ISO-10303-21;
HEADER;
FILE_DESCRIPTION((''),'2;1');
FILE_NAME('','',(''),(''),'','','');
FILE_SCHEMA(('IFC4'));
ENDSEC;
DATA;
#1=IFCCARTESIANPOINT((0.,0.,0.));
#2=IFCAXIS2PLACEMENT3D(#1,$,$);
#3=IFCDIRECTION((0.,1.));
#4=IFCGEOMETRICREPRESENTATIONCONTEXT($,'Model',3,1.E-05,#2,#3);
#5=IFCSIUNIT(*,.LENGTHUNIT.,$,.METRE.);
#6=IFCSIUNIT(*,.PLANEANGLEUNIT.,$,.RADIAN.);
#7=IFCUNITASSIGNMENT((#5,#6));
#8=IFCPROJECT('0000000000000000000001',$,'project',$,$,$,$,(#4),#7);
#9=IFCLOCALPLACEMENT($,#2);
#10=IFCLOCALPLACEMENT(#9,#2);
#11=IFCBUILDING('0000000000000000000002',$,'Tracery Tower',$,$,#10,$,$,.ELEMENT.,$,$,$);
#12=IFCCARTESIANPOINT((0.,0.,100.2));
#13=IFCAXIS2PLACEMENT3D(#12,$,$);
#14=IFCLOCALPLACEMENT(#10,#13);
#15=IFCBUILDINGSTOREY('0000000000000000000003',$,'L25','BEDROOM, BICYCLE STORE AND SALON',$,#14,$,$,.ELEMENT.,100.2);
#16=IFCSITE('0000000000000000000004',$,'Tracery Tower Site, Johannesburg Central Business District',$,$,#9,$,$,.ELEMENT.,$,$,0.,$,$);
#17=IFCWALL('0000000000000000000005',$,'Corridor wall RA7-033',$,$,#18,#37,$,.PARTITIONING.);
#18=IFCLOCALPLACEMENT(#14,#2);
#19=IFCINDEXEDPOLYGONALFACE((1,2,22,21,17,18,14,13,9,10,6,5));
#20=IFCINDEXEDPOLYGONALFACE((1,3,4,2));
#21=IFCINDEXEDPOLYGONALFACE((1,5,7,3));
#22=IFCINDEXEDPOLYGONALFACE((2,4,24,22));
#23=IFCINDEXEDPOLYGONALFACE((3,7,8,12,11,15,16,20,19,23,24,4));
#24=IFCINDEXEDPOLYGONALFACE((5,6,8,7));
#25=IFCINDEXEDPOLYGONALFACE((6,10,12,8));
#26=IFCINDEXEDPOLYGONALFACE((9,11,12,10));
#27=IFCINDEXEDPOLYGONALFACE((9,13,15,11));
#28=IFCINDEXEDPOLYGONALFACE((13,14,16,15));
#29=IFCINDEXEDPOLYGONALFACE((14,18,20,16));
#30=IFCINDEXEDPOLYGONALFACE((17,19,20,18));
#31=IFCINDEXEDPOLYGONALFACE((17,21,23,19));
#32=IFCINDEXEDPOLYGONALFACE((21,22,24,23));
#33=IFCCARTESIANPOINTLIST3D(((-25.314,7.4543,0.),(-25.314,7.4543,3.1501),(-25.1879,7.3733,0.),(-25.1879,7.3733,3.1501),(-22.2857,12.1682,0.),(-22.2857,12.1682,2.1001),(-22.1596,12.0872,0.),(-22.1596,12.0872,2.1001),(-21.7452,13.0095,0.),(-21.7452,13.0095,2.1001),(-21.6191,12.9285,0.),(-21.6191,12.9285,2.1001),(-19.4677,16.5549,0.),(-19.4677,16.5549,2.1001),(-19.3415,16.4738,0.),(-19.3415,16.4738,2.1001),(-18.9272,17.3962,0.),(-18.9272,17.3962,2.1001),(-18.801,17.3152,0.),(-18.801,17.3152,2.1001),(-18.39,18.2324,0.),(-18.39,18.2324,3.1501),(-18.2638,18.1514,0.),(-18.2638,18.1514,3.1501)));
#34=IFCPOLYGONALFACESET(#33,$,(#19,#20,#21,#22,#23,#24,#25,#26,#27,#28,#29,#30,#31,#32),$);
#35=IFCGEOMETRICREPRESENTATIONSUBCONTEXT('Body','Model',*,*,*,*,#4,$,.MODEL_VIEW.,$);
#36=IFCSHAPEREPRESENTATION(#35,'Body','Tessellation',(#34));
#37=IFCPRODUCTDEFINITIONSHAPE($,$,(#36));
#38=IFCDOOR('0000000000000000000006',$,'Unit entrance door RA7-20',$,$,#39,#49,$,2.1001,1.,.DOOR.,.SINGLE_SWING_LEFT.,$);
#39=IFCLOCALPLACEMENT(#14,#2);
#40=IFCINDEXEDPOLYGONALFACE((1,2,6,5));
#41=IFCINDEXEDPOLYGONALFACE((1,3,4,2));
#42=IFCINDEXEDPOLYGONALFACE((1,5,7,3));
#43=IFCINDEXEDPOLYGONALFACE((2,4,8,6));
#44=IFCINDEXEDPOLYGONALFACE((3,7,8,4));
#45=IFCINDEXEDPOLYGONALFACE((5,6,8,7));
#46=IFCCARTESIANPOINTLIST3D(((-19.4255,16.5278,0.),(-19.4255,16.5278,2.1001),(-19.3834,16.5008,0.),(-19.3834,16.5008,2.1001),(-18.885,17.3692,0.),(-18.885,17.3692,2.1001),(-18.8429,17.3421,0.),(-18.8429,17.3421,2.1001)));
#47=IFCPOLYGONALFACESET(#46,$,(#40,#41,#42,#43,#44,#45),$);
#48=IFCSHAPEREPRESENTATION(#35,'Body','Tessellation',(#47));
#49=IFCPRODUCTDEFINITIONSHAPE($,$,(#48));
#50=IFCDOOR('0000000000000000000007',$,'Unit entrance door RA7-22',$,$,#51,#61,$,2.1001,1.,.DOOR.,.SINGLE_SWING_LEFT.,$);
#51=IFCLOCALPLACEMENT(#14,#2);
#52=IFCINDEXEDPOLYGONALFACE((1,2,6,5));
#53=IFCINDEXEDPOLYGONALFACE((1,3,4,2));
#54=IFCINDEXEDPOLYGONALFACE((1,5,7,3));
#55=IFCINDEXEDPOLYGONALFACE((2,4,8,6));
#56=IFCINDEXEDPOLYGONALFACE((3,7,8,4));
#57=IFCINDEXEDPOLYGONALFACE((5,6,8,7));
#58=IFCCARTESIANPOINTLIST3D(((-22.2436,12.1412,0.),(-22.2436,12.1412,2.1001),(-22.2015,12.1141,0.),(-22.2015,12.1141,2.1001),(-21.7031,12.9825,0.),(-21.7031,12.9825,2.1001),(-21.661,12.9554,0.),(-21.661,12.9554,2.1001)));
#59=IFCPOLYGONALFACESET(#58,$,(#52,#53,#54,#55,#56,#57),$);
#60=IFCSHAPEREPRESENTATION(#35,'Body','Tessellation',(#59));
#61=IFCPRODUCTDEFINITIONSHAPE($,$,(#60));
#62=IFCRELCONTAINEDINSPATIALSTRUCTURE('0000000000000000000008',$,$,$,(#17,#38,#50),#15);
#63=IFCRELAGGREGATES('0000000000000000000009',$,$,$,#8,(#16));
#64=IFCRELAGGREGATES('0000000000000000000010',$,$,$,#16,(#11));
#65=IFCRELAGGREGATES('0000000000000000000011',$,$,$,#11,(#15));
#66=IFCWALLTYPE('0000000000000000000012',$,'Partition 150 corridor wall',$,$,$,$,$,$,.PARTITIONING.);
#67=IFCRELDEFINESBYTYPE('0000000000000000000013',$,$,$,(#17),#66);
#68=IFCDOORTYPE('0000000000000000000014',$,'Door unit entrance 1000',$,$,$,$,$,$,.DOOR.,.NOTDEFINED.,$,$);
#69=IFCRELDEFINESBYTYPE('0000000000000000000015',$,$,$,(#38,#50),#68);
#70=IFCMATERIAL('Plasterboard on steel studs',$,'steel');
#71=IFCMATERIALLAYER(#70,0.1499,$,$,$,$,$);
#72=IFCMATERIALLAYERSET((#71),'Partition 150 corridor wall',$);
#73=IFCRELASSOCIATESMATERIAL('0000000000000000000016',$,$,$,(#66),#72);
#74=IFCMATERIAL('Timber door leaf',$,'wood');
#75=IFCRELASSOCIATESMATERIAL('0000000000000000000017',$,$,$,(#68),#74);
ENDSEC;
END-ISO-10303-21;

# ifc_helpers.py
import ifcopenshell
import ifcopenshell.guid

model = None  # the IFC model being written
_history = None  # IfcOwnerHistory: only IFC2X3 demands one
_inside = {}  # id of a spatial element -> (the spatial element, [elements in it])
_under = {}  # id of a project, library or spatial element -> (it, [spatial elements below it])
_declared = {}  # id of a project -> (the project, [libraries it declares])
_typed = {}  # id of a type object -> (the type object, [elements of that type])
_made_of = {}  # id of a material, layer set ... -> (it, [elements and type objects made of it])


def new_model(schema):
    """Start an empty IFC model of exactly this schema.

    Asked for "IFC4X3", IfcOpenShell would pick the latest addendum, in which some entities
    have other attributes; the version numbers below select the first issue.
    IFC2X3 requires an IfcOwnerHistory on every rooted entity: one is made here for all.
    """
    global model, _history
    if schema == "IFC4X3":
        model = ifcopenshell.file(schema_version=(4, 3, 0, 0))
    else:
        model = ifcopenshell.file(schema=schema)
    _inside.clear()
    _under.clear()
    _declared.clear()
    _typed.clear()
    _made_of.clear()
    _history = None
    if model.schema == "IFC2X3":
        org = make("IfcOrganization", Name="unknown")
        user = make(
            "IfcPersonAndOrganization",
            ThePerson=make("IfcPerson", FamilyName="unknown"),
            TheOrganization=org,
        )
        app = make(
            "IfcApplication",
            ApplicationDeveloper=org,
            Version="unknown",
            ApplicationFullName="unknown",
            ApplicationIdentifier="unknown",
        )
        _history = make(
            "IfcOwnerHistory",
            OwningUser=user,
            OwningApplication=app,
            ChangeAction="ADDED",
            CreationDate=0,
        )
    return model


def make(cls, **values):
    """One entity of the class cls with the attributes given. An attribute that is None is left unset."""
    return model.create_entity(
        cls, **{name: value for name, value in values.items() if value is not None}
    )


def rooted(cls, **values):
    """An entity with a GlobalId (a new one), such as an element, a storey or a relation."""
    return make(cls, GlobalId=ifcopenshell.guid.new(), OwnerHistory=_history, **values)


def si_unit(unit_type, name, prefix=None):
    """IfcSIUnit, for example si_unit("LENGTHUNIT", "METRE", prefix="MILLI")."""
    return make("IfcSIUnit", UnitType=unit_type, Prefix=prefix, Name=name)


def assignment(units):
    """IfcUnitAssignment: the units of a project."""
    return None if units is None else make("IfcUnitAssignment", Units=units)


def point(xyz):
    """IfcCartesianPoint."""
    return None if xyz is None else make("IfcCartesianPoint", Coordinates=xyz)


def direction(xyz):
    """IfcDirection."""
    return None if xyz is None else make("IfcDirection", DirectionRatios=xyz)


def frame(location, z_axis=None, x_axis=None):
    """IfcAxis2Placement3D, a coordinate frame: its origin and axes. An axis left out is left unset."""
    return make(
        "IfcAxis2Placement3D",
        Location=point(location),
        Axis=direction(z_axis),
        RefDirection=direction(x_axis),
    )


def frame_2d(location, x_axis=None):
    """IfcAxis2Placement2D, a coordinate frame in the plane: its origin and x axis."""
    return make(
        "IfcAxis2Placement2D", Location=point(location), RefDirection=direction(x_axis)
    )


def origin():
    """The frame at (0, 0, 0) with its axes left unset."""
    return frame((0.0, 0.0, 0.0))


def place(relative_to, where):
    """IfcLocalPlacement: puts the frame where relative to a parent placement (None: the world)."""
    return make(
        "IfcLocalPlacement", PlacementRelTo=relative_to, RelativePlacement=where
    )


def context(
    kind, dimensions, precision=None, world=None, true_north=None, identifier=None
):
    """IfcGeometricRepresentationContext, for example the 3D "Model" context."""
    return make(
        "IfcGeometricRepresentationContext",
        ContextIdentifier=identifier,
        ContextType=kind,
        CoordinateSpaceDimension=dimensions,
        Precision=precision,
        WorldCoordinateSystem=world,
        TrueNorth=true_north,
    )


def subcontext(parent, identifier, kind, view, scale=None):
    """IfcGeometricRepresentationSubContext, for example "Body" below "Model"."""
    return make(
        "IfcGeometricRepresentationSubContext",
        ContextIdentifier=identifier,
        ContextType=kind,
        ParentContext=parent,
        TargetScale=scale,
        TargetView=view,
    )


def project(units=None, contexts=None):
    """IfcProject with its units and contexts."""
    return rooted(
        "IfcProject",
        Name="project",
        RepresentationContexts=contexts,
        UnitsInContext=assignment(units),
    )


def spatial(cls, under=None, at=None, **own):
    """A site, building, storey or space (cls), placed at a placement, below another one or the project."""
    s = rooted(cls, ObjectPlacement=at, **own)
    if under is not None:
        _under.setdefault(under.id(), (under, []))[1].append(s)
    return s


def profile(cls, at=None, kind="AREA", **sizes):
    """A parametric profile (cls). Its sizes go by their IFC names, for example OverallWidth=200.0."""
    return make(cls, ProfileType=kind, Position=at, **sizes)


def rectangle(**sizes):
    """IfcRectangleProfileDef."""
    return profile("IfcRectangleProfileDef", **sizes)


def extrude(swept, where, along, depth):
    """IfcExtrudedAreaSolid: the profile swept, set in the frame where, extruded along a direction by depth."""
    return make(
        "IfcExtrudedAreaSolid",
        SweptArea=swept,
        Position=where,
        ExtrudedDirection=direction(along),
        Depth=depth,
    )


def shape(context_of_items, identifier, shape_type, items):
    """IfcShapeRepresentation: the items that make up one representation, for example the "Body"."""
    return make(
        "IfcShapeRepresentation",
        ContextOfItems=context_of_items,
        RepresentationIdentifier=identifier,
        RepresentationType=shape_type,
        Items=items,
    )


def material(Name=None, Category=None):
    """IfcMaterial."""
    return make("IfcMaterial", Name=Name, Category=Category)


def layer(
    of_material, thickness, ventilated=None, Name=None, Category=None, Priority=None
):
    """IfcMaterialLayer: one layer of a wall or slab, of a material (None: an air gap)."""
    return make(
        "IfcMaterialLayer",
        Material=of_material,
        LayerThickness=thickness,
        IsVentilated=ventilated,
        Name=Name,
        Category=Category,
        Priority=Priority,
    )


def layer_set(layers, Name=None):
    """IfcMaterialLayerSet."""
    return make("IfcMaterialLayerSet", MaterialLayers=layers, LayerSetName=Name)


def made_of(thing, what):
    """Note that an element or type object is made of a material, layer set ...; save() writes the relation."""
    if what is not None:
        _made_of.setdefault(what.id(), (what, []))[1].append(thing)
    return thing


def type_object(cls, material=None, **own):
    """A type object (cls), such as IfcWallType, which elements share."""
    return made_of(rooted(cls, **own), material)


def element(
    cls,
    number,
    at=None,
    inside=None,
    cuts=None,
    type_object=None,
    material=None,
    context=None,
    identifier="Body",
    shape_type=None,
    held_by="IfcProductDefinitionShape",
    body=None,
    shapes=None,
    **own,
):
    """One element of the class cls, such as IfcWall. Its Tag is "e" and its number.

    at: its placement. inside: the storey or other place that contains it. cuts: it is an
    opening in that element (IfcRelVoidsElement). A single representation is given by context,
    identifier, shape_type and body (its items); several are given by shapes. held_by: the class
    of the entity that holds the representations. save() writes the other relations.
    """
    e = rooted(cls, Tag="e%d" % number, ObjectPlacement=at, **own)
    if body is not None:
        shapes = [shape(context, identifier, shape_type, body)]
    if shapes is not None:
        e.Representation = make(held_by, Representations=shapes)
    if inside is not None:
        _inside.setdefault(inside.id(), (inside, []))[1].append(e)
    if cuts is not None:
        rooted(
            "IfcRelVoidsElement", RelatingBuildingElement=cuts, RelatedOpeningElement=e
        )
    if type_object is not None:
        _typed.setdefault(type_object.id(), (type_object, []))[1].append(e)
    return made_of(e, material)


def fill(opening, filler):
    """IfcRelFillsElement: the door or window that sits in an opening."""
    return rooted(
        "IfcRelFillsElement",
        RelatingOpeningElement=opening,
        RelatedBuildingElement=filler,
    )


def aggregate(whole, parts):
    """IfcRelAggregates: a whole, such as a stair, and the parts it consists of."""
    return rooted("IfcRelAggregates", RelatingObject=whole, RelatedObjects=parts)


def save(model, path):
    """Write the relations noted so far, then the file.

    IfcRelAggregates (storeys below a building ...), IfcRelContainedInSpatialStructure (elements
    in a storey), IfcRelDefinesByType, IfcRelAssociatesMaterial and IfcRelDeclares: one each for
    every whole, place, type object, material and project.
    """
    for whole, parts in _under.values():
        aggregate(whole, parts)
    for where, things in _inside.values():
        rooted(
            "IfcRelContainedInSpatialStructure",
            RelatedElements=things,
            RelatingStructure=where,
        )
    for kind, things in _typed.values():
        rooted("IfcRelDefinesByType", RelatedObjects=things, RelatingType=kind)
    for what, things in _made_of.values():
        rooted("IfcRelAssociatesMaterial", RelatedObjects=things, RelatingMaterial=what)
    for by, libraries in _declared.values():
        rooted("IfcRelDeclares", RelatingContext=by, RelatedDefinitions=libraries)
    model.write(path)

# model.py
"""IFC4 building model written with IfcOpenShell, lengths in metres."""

from ifc_helpers import new_model, si_unit, direction, frame, frame_2d, origin, place, context, subcontext, project, spatial, rectangle, extrude, material, layer, layer_set, type_object, element, fill, save


model = new_model("IFC4")

# Units and contexts
model_context = context("Model", 3, precision=1e-05, world=origin(), true_north=direction((0.0, 1.0)))
body_context = subcontext(model_context, "Body", "Model", "MODEL_VIEW")
ifc_project = project(units=[si_unit("LENGTHUNIT", "METRE"), si_unit("PLANEANGLEUNIT", "RADIAN")], contexts=[model_context])

# Site, building, storey
site_placement = place(None, origin())
site = spatial("IfcSite", under=ifc_project, at=site_placement, Name="Tracery Tower Site, Johannesburg Central Business District", CompositionType="ELEMENT", RefElevation=0.0)
building_placement = place(site_placement, origin())
building = spatial("IfcBuilding", under=site, at=building_placement, Name="Tracery Tower", CompositionType="ELEMENT")
storey_placement = place(building_placement, frame((0.0, 0.0, 100.2)))
storey = spatial("IfcBuildingStorey", under=building, at=storey_placement, Name="L25", Description="BEDROOM, BICYCLE STORE AND SALON", CompositionType="ELEMENT", Elevation=100.2)

# Shared definitions
ifc_material_1 = material(Name="Plasterboard on steel studs", Category="steel")
ifc_layer_1 = layer(ifc_material_1, 0.1499)
ifc_layer_set_1 = layer_set([ifc_layer_1], Name="Partition 150 corridor wall")
wall_type_1 = type_object("IfcWallType", Name="Partition 150 corridor wall", PredefinedType="PARTITIONING", material=ifc_layer_set_1)

# Wall, openings, doors
wall_1_placement = place(storey_placement, frame((-25.251, 7.4138, 0.0), z_axis=(0.0, 0.0, 1.0), x_axis=(0.540498, 0.841345, 0.0)))
wall_1 = element("IfcWall", 1, at=wall_1_placement, inside=storey, type_object=wall_type_1, Name="Corridor wall RA7-033", PredefinedType="PARTITIONING", context=body_context, shape_type="SweptSolid", body=[
    extrude(rectangle(XDim=12.8105, YDim=0.1499, at=frame_2d((6.4053, 0.0))), origin(), (0.0, 0.0, 1.0), 3.1501),
])
opening_1_placement = place(wall_1_placement, frame((10.8167, 0.0, 0.0)))
opening_1 = element("IfcOpeningElement", 2, at=opening_1_placement, cuts=wall_1, PredefinedType="OPENING", context=body_context, shape_type="SweptSolid", body=[
    extrude(rectangle(XDim=1.0, YDim=2.1001, at=frame_2d((0.5, 1.05))), frame((0.0, 0.075, 0.0), z_axis=(0.0, -1.0, 0.0), x_axis=(1.0, 0.0, 0.0)), (0.0, 0.0, 1.0), 0.1499),
])
opening_2_placement = place(wall_1_placement, frame((5.6028, 0.0, 0.0)))
opening_2 = element("IfcOpeningElement", 3, at=opening_2_placement, cuts=wall_1, PredefinedType="OPENING", context=body_context, shape_type="SweptSolid", body=[
    extrude(rectangle(XDim=1.0, YDim=2.1001, at=frame_2d((0.5, 1.05))), frame((0.0, 0.075, 0.0), z_axis=(0.0, -1.0, 0.0), x_axis=(1.0, 0.0, 0.0)), (0.0, 0.0, 1.0), 0.1499),
])
ifc_material_2 = material(Name="Timber door leaf", Category="wood")
door_type = type_object("IfcDoorType", Name="Door unit entrance 1000", OperationType="NOTDEFINED", PredefinedType="DOOR", material=ifc_material_2)
door_1_placement = place(opening_1_placement, origin())
door_1 = element("IfcDoor", 4, at=door_1_placement, inside=storey, type_object=door_type, Name="Unit entrance door RA7-20", OperationType="SINGLE_SWING_LEFT", OverallHeight=2.1001, OverallWidth=1.0, PredefinedType="DOOR", context=body_context, shape_type="SweptSolid", body=[
    extrude(rectangle(XDim=1.0, YDim=2.1001, at=frame_2d((0.5, 1.05))), frame((0.0, 0.0249, 0.0), z_axis=(0.0, -1.0, 0.0), x_axis=(1.0, 0.0, 0.0)), (0.0, 0.0, 1.0), 0.05),
])
fill(opening_1, door_1)
door_2_placement = place(opening_2_placement, origin())
door_2 = element("IfcDoor", 5, at=door_2_placement, inside=storey, type_object=door_type, Name="Unit entrance door RA7-22", OperationType="SINGLE_SWING_LEFT", OverallHeight=2.1001, OverallWidth=1.0, PredefinedType="DOOR", context=body_context, shape_type="SweptSolid", body=[
    extrude(rectangle(XDim=1.0, YDim=2.1001, at=frame_2d((0.5, 1.05))), frame((0.0, 0.0249, 0.0), z_axis=(0.0, -1.0, 0.0), x_axis=(1.0, 0.0, 0.0)), (0.0, 0.0, 1.0), 0.05),
])
fill(opening_2, door_2)

save(model, "model.ifc")
